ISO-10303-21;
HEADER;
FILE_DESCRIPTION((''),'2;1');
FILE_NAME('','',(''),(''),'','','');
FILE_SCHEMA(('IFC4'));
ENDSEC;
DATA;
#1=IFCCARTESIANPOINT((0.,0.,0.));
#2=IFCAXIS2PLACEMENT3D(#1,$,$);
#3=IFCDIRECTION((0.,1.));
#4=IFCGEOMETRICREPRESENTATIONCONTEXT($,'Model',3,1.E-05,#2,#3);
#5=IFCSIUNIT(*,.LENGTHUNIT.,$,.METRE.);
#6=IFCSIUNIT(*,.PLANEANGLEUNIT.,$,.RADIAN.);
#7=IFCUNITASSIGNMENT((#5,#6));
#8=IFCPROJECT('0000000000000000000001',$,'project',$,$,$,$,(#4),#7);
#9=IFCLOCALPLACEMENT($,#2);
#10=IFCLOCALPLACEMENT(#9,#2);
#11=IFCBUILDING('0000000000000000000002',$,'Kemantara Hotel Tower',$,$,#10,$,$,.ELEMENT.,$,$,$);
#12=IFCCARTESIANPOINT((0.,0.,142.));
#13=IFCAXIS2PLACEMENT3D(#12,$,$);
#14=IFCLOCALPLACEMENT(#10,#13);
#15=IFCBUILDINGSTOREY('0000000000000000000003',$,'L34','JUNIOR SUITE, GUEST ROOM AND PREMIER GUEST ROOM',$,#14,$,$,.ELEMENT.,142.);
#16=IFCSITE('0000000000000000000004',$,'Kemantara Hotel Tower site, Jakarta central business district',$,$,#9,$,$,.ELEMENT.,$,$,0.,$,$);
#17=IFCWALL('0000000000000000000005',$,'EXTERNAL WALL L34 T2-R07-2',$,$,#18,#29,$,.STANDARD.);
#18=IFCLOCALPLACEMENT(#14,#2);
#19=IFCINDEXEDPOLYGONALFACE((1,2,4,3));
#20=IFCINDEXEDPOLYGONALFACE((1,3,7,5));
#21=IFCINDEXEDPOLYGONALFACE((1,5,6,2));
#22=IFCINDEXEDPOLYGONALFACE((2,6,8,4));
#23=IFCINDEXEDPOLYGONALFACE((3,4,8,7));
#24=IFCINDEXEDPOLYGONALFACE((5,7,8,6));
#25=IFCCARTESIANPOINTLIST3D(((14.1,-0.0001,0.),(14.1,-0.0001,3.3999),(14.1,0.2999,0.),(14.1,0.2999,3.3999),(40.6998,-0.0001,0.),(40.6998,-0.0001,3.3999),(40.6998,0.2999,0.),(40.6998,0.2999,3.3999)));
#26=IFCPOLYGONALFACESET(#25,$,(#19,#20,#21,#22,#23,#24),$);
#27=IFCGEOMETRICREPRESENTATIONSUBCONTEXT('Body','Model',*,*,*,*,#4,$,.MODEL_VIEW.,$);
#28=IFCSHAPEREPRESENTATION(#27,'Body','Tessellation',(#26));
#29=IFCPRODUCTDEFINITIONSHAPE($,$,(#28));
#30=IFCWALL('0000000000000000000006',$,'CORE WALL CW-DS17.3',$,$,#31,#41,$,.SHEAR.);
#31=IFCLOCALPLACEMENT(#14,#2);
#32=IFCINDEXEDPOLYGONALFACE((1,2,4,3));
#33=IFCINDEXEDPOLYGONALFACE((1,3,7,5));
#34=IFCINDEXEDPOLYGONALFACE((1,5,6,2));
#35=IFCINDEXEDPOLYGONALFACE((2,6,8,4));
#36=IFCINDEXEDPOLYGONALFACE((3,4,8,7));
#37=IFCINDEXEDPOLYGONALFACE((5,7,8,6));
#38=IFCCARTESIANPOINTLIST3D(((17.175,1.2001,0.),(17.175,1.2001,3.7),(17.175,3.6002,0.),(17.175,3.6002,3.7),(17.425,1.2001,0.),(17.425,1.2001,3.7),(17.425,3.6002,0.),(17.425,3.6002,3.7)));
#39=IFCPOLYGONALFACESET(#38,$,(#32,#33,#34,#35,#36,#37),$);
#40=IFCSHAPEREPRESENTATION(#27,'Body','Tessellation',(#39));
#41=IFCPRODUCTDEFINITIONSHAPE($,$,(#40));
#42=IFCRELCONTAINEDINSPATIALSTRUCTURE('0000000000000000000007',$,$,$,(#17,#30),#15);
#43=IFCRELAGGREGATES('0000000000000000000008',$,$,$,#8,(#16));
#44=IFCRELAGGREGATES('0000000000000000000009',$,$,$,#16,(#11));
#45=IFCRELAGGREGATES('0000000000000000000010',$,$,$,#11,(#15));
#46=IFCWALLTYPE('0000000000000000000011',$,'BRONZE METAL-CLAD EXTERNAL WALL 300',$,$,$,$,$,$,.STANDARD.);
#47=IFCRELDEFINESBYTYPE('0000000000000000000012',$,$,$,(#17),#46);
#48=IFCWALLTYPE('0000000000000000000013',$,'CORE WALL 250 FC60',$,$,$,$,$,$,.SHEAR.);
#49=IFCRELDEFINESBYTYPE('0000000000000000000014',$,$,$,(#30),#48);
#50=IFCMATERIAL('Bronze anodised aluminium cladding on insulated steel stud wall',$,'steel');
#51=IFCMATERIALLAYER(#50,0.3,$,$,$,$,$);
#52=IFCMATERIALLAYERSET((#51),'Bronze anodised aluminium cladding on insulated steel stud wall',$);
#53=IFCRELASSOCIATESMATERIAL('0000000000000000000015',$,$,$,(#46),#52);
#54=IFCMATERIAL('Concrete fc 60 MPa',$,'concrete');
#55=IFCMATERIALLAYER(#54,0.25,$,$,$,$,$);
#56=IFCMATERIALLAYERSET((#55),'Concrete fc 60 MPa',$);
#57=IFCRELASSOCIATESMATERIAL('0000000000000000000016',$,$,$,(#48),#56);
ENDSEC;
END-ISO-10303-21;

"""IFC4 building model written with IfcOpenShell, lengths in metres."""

from ifc_helpers import new_model, si_unit, direction, frame, frame_2d, origin, place, context, subcontext, project, spatial, rectangle, extrude, material, layer, layer_set, type_object, element, save


model = new_model("IFC4")

# Units and contexts
model_context = context("Model", 3, precision=1e-05, world=origin(), true_north=direction((0.0, 1.0)))
body_context = subcontext(model_context, "Body", "Model", "MODEL_VIEW")
ifc_project = project(units=[si_unit("LENGTHUNIT", "METRE"), si_unit("PLANEANGLEUNIT", "RADIAN")], contexts=[model_context])

# Site, building, storey
site_placement = place(None, origin())
site = spatial("IfcSite", under=ifc_project, at=site_placement, Name="Kemantara Hotel Tower site, Jakarta central business district", CompositionType="ELEMENT", RefElevation=0.0)
building_placement = place(site_placement, origin())
building = spatial("IfcBuilding", under=site, at=building_placement, Name="Kemantara Hotel Tower", CompositionType="ELEMENT")
storey_placement = place(building_placement, frame((0.0, 0.0, 142.0)))
storey = spatial("IfcBuildingStorey", under=building, at=storey_placement, Name="L34", Description="JUNIOR SUITE, GUEST ROOM AND PREMIER GUEST ROOM", CompositionType="ELEMENT", Elevation=142.0)

# Walls
ifc_material_1 = material(Name="Bronze anodised aluminium cladding on insulated steel stud wall", Category="steel")
ifc_layer_1 = layer(ifc_material_1, 0.3)
ifc_layer_set_1 = layer_set([ifc_layer_1], Name="Bronze anodised aluminium cladding on insulated steel stud wall")
wall_type_1 = type_object("IfcWallType", Name="BRONZE METAL-CLAD EXTERNAL WALL 300", PredefinedType="STANDARD", material=ifc_layer_set_1)
wall_1_placement = place(storey_placement, frame((14.1001, 0.1499, 0.0), z_axis=(0.0, 0.0, 1.0), x_axis=(1.0, 0.0, 0.0)))
element("IfcWall", 1, at=wall_1_placement, inside=storey, type_object=wall_type_1, Name="EXTERNAL WALL L34 T2-R07-2", PredefinedType="STANDARD", context=body_context, shape_type="SweptSolid", body=[
    extrude(rectangle(XDim=26.5999, YDim=0.3, at=frame_2d((13.2998, 0.0))), origin(), (0.0, 0.0, 1.0), 3.3999),
])
ifc_material_2 = material(Name="Concrete fc 60 MPa", Category="concrete")
ifc_layer_2 = layer(ifc_material_2, 0.25)
ifc_layer_set_2 = layer_set([ifc_layer_2], Name="Concrete fc 60 MPa")
wall_type_2 = type_object("IfcWallType", Name="CORE WALL 250 FC60", PredefinedType="SHEAR", material=ifc_layer_set_2)
wall_2_placement = place(storey_placement, frame((17.3, 1.2, 0.0), z_axis=(0.0, 0.0, 1.0), x_axis=(0.0, 1.0, 0.0)))
element("IfcWall", 2, at=wall_2_placement, inside=storey, type_object=wall_type_2, Name="CORE WALL CW-DS17.3", PredefinedType="SHEAR", context=body_context, shape_type="SweptSolid", body=[
    extrude(rectangle(XDim=2.4001, YDim=0.25, at=frame_2d((1.2002, 0.0))), origin(), (0.0, 0.0, 1.0), 3.7),
])

save(model, "model.ifc")
